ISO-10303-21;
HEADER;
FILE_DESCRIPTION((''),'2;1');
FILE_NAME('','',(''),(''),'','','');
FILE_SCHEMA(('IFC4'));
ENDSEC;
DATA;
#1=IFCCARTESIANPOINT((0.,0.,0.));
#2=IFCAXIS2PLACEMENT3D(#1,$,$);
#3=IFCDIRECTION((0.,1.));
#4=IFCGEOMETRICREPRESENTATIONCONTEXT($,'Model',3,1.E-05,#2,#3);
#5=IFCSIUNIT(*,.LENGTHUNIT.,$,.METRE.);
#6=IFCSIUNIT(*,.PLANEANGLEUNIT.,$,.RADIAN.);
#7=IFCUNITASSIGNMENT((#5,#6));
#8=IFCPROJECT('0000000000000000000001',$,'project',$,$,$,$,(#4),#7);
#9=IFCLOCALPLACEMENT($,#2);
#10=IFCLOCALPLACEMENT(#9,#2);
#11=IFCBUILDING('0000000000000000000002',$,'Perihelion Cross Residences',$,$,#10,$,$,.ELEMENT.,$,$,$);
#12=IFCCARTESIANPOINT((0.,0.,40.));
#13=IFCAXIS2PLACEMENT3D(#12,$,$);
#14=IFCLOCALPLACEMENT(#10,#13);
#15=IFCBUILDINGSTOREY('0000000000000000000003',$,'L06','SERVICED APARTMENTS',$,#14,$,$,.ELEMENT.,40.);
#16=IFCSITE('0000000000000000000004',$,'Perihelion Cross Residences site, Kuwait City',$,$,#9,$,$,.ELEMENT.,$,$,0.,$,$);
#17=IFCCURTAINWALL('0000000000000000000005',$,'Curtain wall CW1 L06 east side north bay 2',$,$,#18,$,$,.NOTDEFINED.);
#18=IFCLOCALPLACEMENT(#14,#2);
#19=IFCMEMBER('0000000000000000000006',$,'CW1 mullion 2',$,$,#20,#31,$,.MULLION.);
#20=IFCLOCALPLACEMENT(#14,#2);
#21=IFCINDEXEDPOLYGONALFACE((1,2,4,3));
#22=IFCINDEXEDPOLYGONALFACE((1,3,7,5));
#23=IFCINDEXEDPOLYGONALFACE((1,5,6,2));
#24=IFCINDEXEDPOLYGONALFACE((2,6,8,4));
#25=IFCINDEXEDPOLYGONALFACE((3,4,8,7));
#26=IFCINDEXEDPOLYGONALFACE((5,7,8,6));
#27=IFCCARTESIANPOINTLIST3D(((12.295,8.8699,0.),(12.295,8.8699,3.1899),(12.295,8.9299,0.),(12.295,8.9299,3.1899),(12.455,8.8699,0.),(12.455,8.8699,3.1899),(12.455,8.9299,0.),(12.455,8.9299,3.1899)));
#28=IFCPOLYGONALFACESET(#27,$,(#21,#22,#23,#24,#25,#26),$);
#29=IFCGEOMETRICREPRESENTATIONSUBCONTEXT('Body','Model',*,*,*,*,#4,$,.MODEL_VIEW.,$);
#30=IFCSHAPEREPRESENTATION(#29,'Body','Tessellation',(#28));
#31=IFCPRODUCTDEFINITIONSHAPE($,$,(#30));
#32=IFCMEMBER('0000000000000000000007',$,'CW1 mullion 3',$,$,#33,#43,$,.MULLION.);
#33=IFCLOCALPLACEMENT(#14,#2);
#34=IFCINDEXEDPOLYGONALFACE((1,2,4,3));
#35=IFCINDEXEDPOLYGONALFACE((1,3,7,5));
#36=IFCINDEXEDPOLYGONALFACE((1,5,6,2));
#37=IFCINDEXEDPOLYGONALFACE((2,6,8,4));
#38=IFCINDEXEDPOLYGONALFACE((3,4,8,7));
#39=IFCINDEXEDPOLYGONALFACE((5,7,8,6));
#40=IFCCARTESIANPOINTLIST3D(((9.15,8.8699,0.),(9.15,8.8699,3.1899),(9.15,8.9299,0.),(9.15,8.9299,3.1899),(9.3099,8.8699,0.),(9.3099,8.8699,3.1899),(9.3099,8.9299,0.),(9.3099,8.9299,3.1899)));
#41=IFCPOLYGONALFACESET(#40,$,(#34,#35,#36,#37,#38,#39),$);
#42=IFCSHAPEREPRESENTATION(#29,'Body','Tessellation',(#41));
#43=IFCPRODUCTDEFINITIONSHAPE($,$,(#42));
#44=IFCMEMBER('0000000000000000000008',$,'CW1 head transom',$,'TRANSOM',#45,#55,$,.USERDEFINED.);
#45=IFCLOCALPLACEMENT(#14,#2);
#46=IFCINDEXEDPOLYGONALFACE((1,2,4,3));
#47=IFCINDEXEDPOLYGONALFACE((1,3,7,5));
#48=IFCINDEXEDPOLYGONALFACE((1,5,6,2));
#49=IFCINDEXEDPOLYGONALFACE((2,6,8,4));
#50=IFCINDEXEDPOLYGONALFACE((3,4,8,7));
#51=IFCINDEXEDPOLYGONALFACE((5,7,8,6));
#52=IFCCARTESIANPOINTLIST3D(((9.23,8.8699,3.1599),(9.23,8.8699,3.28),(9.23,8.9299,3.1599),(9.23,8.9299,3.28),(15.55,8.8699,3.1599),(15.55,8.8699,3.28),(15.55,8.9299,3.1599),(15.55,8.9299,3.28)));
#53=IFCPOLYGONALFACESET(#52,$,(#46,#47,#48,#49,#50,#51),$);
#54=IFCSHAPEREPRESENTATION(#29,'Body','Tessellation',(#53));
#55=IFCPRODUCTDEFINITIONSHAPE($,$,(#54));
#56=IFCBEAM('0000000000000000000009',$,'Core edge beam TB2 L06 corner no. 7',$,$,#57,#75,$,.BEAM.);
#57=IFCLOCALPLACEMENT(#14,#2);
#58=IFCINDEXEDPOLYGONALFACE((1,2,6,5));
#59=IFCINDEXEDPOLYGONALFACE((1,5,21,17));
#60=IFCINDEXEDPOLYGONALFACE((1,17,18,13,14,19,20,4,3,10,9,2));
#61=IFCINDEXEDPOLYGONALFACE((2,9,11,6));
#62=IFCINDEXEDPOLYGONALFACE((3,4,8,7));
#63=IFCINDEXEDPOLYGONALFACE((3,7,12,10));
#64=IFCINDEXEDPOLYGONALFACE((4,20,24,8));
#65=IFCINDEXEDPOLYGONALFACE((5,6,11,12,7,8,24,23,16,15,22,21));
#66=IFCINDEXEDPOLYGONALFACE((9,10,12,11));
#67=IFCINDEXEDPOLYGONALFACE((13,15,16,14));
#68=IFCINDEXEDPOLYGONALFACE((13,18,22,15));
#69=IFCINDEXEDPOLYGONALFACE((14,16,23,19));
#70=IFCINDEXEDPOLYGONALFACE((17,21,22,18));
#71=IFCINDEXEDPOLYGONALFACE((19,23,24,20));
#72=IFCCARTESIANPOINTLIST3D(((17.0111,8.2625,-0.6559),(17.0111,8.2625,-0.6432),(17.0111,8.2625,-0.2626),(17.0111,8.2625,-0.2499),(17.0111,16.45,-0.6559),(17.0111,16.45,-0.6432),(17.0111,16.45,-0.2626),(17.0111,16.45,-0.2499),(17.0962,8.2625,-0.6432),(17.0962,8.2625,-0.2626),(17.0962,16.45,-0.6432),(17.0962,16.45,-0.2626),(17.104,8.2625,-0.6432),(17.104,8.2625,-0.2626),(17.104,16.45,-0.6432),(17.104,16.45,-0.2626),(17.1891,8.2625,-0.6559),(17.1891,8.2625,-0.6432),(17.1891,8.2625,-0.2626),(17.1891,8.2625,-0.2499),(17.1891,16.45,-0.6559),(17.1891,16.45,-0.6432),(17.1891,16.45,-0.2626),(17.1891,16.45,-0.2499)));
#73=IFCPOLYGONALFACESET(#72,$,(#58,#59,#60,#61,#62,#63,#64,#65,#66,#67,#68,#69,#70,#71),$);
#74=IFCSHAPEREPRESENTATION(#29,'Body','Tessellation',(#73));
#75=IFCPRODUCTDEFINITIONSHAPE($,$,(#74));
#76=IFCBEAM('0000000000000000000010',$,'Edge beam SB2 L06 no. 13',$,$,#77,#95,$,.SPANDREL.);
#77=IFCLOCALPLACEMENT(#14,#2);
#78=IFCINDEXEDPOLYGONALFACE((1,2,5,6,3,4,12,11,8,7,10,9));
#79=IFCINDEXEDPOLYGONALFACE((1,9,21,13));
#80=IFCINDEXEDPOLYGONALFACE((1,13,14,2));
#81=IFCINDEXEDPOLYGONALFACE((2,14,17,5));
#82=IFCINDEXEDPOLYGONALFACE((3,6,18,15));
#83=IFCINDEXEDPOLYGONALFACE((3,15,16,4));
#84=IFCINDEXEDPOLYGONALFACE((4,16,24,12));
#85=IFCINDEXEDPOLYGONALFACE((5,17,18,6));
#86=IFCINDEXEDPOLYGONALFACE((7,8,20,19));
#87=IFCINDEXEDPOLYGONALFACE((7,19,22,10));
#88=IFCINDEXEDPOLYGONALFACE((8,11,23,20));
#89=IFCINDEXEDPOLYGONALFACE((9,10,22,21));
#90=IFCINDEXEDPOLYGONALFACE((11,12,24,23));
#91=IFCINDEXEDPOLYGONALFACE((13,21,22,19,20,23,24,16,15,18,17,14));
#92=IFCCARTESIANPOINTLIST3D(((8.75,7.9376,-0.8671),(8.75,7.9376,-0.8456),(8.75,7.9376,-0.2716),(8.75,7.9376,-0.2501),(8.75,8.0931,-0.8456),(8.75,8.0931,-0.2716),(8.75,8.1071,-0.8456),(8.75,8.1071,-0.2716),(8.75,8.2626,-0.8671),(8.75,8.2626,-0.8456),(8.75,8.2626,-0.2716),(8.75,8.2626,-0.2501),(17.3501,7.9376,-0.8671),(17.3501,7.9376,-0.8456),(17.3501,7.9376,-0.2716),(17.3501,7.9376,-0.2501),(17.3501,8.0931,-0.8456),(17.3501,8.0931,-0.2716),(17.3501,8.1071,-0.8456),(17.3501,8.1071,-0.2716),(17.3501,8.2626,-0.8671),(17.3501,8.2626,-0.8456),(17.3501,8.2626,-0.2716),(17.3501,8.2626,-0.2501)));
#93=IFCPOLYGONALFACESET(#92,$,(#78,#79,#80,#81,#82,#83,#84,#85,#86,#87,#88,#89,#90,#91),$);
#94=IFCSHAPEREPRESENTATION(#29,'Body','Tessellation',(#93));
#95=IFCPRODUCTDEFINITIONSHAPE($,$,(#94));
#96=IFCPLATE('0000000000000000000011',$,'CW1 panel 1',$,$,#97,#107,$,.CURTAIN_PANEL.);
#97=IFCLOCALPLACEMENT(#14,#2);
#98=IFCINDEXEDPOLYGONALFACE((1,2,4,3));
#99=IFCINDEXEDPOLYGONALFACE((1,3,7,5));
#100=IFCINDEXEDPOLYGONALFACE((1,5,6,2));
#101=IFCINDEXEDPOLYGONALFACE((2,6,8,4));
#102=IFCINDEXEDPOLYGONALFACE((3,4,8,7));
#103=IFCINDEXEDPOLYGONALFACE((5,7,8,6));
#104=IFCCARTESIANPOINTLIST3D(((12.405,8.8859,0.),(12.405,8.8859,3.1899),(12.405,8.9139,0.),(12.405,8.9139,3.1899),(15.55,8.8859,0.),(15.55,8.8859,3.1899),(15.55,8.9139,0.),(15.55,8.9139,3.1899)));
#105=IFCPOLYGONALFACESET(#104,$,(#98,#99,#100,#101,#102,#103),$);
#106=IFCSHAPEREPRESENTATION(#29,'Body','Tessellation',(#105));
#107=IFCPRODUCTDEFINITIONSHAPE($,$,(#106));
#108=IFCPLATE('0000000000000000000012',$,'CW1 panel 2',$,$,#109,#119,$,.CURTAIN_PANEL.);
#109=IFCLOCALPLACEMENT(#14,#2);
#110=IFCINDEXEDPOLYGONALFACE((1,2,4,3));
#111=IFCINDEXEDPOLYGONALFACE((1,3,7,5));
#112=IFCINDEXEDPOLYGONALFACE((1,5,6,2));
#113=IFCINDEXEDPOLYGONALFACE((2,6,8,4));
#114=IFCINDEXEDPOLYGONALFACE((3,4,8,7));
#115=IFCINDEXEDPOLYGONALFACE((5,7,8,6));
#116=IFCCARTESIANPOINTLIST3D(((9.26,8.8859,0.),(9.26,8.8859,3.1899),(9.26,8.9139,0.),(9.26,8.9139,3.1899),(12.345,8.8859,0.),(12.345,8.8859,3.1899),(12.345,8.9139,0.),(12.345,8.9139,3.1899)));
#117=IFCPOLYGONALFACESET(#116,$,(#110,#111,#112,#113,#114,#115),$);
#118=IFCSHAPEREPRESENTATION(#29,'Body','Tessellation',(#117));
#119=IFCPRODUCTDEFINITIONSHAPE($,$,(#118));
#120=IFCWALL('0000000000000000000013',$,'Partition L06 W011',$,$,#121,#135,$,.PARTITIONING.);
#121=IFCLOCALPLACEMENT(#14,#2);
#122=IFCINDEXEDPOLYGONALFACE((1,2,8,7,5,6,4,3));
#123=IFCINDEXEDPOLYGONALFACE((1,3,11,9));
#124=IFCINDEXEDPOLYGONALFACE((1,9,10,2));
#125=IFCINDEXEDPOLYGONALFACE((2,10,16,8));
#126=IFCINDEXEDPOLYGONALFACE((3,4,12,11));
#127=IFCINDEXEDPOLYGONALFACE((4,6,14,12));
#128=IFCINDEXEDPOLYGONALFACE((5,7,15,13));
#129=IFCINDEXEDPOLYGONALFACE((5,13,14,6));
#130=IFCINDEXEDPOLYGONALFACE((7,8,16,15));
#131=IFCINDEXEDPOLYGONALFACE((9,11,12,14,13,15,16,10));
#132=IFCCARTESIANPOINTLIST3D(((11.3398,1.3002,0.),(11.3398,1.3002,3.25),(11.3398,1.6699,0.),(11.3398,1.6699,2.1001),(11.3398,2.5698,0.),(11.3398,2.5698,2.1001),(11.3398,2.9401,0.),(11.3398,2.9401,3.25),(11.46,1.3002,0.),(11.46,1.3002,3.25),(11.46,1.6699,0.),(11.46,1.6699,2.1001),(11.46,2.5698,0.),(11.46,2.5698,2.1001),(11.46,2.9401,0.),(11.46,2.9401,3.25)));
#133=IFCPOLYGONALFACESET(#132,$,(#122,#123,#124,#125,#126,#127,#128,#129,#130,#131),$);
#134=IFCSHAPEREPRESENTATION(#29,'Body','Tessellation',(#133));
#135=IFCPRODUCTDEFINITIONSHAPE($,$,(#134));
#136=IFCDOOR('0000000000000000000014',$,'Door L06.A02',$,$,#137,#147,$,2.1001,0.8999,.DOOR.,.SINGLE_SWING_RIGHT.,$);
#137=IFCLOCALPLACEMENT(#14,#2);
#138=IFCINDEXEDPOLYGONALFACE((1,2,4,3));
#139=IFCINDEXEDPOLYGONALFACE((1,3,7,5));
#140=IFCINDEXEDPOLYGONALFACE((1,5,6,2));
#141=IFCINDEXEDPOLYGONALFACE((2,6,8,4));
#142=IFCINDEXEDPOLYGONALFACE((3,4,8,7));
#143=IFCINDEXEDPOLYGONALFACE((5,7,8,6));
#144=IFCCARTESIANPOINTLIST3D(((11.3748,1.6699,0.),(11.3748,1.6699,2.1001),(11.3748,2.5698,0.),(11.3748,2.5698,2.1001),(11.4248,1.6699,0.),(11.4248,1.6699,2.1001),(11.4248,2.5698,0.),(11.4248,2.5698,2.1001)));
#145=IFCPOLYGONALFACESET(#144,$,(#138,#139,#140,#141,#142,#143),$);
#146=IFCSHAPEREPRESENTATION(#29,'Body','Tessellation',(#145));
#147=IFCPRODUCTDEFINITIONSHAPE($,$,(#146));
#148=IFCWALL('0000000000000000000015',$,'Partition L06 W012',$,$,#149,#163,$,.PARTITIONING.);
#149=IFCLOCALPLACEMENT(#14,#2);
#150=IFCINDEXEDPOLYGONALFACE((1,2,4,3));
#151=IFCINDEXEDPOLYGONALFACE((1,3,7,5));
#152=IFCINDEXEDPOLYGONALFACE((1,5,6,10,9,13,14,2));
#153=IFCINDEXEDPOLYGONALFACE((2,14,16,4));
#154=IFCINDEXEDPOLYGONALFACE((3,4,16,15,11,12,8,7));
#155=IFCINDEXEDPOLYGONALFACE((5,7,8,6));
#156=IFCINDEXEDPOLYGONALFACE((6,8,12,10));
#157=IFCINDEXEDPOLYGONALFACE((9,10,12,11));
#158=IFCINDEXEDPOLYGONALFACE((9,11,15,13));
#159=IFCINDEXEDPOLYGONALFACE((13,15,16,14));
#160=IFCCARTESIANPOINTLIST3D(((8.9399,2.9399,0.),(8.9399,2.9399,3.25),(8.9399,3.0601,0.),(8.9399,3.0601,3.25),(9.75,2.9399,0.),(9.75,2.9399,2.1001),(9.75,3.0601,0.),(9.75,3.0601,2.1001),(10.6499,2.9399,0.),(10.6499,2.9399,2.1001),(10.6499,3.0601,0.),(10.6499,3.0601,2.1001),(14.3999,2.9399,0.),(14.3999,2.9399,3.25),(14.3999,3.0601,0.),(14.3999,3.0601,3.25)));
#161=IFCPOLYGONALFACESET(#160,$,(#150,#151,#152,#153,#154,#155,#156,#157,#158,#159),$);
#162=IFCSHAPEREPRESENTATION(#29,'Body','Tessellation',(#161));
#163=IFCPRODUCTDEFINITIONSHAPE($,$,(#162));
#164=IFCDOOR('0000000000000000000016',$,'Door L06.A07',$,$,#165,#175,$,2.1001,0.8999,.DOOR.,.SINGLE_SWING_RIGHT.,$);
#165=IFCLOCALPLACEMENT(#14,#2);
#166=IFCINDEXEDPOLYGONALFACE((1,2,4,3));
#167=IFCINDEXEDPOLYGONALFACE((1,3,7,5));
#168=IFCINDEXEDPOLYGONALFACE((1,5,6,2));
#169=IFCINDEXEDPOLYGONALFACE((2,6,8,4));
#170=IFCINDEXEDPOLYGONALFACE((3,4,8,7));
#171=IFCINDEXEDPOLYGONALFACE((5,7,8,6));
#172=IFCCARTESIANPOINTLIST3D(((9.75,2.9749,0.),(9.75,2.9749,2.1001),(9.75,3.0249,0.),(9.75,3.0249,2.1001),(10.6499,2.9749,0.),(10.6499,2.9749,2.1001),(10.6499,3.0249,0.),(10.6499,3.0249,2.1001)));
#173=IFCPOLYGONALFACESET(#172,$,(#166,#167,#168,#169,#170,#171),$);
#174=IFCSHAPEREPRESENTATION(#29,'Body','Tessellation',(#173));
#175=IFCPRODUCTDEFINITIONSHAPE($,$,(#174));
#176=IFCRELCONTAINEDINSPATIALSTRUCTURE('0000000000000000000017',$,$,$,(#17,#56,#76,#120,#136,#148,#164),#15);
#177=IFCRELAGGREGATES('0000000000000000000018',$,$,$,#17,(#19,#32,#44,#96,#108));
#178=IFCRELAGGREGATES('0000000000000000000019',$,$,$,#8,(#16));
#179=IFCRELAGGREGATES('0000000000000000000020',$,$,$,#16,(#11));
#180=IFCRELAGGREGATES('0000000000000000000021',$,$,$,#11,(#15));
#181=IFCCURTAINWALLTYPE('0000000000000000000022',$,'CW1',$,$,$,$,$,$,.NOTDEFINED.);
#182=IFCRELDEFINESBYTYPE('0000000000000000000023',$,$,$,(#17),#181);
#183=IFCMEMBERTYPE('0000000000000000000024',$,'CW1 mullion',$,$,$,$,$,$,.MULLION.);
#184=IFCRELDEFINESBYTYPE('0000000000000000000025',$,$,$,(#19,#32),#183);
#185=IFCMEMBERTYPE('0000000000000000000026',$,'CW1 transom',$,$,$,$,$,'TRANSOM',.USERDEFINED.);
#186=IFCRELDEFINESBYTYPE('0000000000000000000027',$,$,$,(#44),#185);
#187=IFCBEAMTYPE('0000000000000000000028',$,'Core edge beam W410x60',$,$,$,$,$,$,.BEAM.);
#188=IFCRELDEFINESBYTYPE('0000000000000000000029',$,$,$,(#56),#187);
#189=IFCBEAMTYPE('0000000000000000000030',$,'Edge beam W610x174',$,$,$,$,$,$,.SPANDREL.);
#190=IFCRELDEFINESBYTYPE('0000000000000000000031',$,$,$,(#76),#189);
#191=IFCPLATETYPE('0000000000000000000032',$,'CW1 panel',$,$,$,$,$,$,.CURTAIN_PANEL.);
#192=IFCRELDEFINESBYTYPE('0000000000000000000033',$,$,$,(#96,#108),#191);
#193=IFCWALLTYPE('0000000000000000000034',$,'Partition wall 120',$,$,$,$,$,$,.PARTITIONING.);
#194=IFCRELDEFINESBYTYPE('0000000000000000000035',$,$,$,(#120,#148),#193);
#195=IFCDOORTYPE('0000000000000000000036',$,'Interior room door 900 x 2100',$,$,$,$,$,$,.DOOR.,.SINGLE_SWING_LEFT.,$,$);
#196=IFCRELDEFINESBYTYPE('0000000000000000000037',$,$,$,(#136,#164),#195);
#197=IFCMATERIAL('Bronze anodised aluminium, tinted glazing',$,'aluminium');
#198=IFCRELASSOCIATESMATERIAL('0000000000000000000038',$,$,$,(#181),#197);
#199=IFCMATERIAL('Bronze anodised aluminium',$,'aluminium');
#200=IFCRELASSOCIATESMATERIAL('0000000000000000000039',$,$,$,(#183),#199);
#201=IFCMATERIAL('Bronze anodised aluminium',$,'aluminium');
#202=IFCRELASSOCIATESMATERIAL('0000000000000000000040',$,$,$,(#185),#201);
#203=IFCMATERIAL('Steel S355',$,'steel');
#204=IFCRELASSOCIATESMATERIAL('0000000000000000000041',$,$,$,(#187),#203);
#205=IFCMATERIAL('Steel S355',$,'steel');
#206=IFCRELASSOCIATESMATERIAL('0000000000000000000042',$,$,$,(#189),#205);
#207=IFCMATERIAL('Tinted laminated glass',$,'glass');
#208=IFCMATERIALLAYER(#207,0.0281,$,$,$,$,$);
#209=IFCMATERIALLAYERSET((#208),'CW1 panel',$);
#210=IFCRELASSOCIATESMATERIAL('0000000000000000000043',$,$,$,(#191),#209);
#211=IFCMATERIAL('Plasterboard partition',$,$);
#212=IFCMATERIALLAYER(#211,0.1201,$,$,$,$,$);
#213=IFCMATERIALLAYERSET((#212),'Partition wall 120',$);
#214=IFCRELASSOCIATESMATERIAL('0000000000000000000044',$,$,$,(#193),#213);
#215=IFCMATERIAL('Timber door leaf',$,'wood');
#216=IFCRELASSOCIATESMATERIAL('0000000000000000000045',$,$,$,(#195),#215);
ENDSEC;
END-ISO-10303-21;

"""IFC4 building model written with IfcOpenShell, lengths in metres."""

from ifc_helpers import new_model, si_unit, direction, frame, frame_2d, origin, origin_2d, place, context, subcontext, project, spatial, rectangle, i_section, extrude, material, layer, layer_set, material_profile, profile_set, type_object, element, fill, aggregate, save


model = new_model("IFC4")

# Units and contexts
model_context = context("Model", 3, precision=1e-05, world=origin(), true_north=direction((0.0, 1.0)))
body_context = subcontext(model_context, "Body", "Model", "MODEL_VIEW")
ifc_project = project(units=[si_unit("LENGTHUNIT", "METRE"), si_unit("PLANEANGLEUNIT", "RADIAN")], contexts=[model_context])

# Site, building, storey
site_placement = place(None, origin())
site = spatial("IfcSite", under=ifc_project, at=site_placement, Name="Perihelion Cross Residences site, Kuwait City", CompositionType="ELEMENT", RefElevation=0.0)
building_placement = place(site_placement, origin())
building = spatial("IfcBuilding", under=site, at=building_placement, Name="Perihelion Cross Residences", CompositionType="ELEMENT")
storey_placement = place(building_placement, frame((0.0, 0.0, 40.0)))
storey = spatial("IfcBuildingStorey", under=building, at=storey_placement, Name="L06", Description="SERVICED APARTMENTS", CompositionType="ELEMENT", Elevation=40.0)

# Curtain wall, members
ifc_material_1 = material(Name="Bronze anodised aluminium, tinted glazing", Category="aluminium")
curtain_wall_type = type_object("IfcCurtainWallType", Name="CW1", PredefinedType="NOTDEFINED", material=ifc_material_1)
curtain_wall_placement = place(storey_placement, origin())
curtain_wall = element("IfcCurtainWall", 1, at=curtain_wall_placement, inside=storey, type_object=curtain_wall_type, Name="Curtain wall CW1 L06 east side north bay 2", PredefinedType="NOTDEFINED")
ifc_material_2 = material(Name="Bronze anodised aluminium", Category="aluminium")
ifc_material_profile_1 = material_profile(ifc_material_2, rectangle(XDim=0.0601, YDim=0.1599, at=origin_2d()), Name="CW1 mullion")
ifc_profile_set_1 = profile_set([ifc_material_profile_1], Name="Bronze anodised aluminium")
member_type_1 = type_object("IfcMemberType", Name="CW1 mullion", PredefinedType="MULLION", material=ifc_profile_set_1)
member_1_placement = place(storey_placement, frame((12.375, 8.8999, 0.0), z_axis=(0.0, 0.0, 1.0), x_axis=(0.0, -1.0, 0.0)))
member_1 = element("IfcMember", 2, at=member_1_placement, type_object=member_type_1, Name="CW1 mullion 2", PredefinedType="MULLION", context=body_context, shape_type="SweptSolid", body=[
    extrude(rectangle(XDim=0.0601, YDim=0.1599, at=origin_2d()), origin(), (0.0, 0.0, 1.0), 3.1899),
])
member_2_placement = place(storey_placement, frame((9.23, 8.8999, 0.0), z_axis=(0.0, 0.0, 1.0), x_axis=(0.0, -1.0, 0.0)))
member_2 = element("IfcMember", 3, at=member_2_placement, type_object=member_type_1, Name="CW1 mullion 3", PredefinedType="MULLION", context=body_context, shape_type="SweptSolid", body=[
    extrude(rectangle(XDim=0.0601, YDim=0.1599, at=origin_2d()), origin(), (0.0, 0.0, 1.0), 3.1899),
])
ifc_material_3 = material(Name="Bronze anodised aluminium", Category="aluminium")
ifc_material_profile_2 = material_profile(ifc_material_3, rectangle(XDim=0.0601, YDim=0.1201, at=origin_2d()), Name="CW1 transom")
ifc_profile_set_2 = profile_set([ifc_material_profile_2], Name="Bronze anodised aluminium")
member_type_2 = type_object("IfcMemberType", Name="CW1 transom", ElementType="TRANSOM", PredefinedType="USERDEFINED", material=ifc_profile_set_2)
member_3_placement = place(storey_placement, frame((15.55, 8.8999, 3.22), z_axis=(-1.0, 0.0, 0.0), x_axis=(0.0, -1.0, 0.0)))
member_3 = element("IfcMember", 4, at=member_3_placement, type_object=member_type_2, Name="CW1 head transom", ObjectType="TRANSOM", PredefinedType="USERDEFINED", context=body_context, shape_type="SweptSolid", body=[
    extrude(rectangle(XDim=0.0601, YDim=0.1201, at=origin_2d()), origin(), (0.0, 0.0, 1.0), 6.3201),
])

# Beams
ifc_material_4 = material(Name="Steel S355", Category="steel")
ifc_material_profile_3 = material_profile(ifc_material_4, i_section(OverallWidth=0.178, OverallDepth=0.406, WebThickness=0.0078, FlangeThickness=0.0127, at=origin_2d()), Name="W410x60")
ifc_profile_set_3 = profile_set([ifc_material_profile_3], Name="Steel S355")
beam_type_1 = type_object("IfcBeamType", Name="Core edge beam W410x60", PredefinedType="BEAM", material=ifc_profile_set_3)
beam_1_placement = place(storey_placement, frame((17.1001, 8.2625, -0.4529), z_axis=(0.0, 1.0, 0.0), x_axis=(-1.0, 0.0, 0.0)))
element("IfcBeam", 5, at=beam_1_placement, inside=storey, type_object=beam_type_1, Name="Core edge beam TB2 L06 corner no. 7", PredefinedType="BEAM", context=body_context, shape_type="SweptSolid", body=[
    extrude(i_section(OverallWidth=0.178, OverallDepth=0.406, WebThickness=0.0078, FlangeThickness=0.0127, at=origin_2d()), origin(), (0.0, 0.0, 1.0), 8.1875),
])
ifc_material_5 = material(Name="Steel S355", Category="steel")
ifc_material_profile_4 = material_profile(ifc_material_5, i_section(OverallWidth=0.325, OverallDepth=0.6169, WebThickness=0.0139, FlangeThickness=0.0215, at=origin_2d()), Name="W610x174")
ifc_profile_set_4 = profile_set([ifc_material_profile_4], Name="Steel S355")
beam_type_2 = type_object("IfcBeamType", Name="Edge beam W610x174", PredefinedType="SPANDREL", material=ifc_profile_set_4)
beam_2_placement = place(storey_placement, frame((17.3501, 8.1001, -0.5586), z_axis=(-1.0, 0.0, 0.0), x_axis=(0.0, -1.0, 0.0)))
element("IfcBeam", 6, at=beam_2_placement, inside=storey, type_object=beam_type_2, Name="Edge beam SB2 L06 no. 13", PredefinedType="SPANDREL", context=body_context, shape_type="SweptSolid", body=[
    extrude(i_section(OverallWidth=0.325, OverallDepth=0.6169, WebThickness=0.0139, FlangeThickness=0.0215, at=origin_2d()), origin(), (0.0, 0.0, 1.0), 8.6001),
])

# Plates
ifc_material_6 = material(Name="Tinted laminated glass", Category="glass")
ifc_layer_1 = layer(ifc_material_6, 0.0281)
ifc_layer_set_1 = layer_set([ifc_layer_1], Name="CW1 panel")
plate_type = type_object("IfcPlateType", Name="CW1 panel", PredefinedType="CURTAIN_PANEL", material=ifc_layer_set_1)
plate_1_placement = place(storey_placement, frame((13.9775, 8.8999, 0.0), z_axis=(0.0, 0.0, 1.0), x_axis=(-1.0, 0.0, 0.0)))
plate_1 = element("IfcPlate", 7, at=plate_1_placement, type_object=plate_type, Name="CW1 panel 1", PredefinedType="CURTAIN_PANEL", context=body_context, shape_type="SweptSolid", body=[
    extrude(rectangle(XDim=3.145, YDim=0.0281, at=origin_2d()), origin(), (0.0, 0.0, 1.0), 3.1899),
])
plate_2_placement = place(storey_placement, frame((10.8025, 8.8999, 0.0), z_axis=(0.0, 0.0, 1.0), x_axis=(-1.0, 0.0, 0.0)))
plate_2 = element("IfcPlate", 8, at=plate_2_placement, type_object=plate_type, Name="CW1 panel 2", PredefinedType="CURTAIN_PANEL", context=body_context, shape_type="SweptSolid", body=[
    extrude(rectangle(XDim=3.085, YDim=0.0281, at=origin_2d()), origin(), (0.0, 0.0, 1.0), 3.1899),
])
aggregate(curtain_wall, [member_1, member_2, member_3, plate_1, plate_2])

# Walls, openings, doors
ifc_material_7 = material(Name="Plasterboard partition")
ifc_layer_2 = layer(ifc_material_7, 0.1201)
ifc_layer_set_2 = layer_set([ifc_layer_2], Name="Partition wall 120")
wall_type_1 = type_object("IfcWallType", Name="Partition wall 120", PredefinedType="PARTITIONING", material=ifc_layer_set_2)
wall_1_placement = place(storey_placement, frame((11.3999, 2.9399, 0.0), z_axis=(0.0, 0.0, 1.0), x_axis=(0.0, -1.0, 0.0)))
wall_1 = element("IfcWall", 9, at=wall_1_placement, inside=storey, type_object=wall_type_1, Name="Partition L06 W011", PredefinedType="PARTITIONING", context=body_context, shape_type="SweptSolid", body=[
    extrude(rectangle(XDim=1.6399, YDim=0.1201, at=frame_2d((0.8198, 0.0))), origin(), (0.0, 0.0, 1.0), 3.25),
])
opening_1_placement = place(wall_1_placement, frame((0.3701, 0.0, 0.0)))
opening_1 = element("IfcOpeningElement", 10, at=opening_1_placement, cuts=wall_1, PredefinedType="OPENING", context=body_context, shape_type="SweptSolid", body=[
    extrude(rectangle(XDim=0.8999, YDim=2.1001, at=frame_2d((0.45, 1.05))), frame((0.0, 0.0701, 0.0), z_axis=(0.0, -1.0, 0.0), x_axis=(1.0, 0.0, 0.0)), (0.0, 0.0, 1.0), 0.1401),
])
ifc_material_8 = material(Name="Timber door leaf", Category="wood")
door_type_1 = type_object("IfcDoorType", Name="Interior room door 900 x 2100", OperationType="SINGLE_SWING_LEFT", PredefinedType="DOOR", material=ifc_material_8)
door_1_placement = place(opening_1_placement, origin())
door_1 = element("IfcDoor", 11, at=door_1_placement, inside=storey, type_object=door_type_1, Name="Door L06.A02", OperationType="SINGLE_SWING_RIGHT", OverallHeight=2.1001, OverallWidth=0.8999, PredefinedType="DOOR", context=body_context, shape_type="SweptSolid", body=[
    extrude(rectangle(XDim=0.8999, YDim=2.1001, at=frame_2d((0.45, 1.05))), frame((0.0, 0.0249, 0.0), z_axis=(0.0, -1.0, 0.0), x_axis=(1.0, 0.0, 0.0)), (0.0, 0.0, 1.0), 0.05),
])
fill(opening_1, door_1)
wall_2_placement = place(storey_placement, frame((8.9399, 3.0, 0.0), z_axis=(0.0, 0.0, 1.0), x_axis=(1.0, 0.0, 0.0)))
wall_2 = element("IfcWall", 12, at=wall_2_placement, inside=storey, type_object=wall_type_1, Name="Partition L06 W012", PredefinedType="PARTITIONING", context=body_context, shape_type="SweptSolid", body=[
    extrude(rectangle(XDim=5.46, YDim=0.1201, at=frame_2d((2.73, 0.0))), origin(), (0.0, 0.0, 1.0), 3.25),
])
opening_2_placement = place(wall_2_placement, frame((0.8101, 0.0, 0.0)))
opening_2 = element("IfcOpeningElement", 13, at=opening_2_placement, cuts=wall_2, PredefinedType="OPENING", context=body_context, shape_type="SweptSolid", body=[
    extrude(rectangle(XDim=0.8999, YDim=2.1001, at=frame_2d((0.45, 1.05))), frame((0.0, 0.0701, 0.0), z_axis=(0.0, -1.0, 0.0), x_axis=(1.0, 0.0, 0.0)), (0.0, 0.0, 1.0), 0.1401),
])
door_2_placement = place(opening_2_placement, origin())
door_2 = element("IfcDoor", 14, at=door_2_placement, inside=storey, type_object=door_type_1, Name="Door L06.A07", OperationType="SINGLE_SWING_RIGHT", OverallHeight=2.1001, OverallWidth=0.8999, PredefinedType="DOOR", context=body_context, shape_type="SweptSolid", body=[
    extrude(rectangle(XDim=0.8999, YDim=2.1001, at=frame_2d((0.45, 1.05))), frame((0.0, 0.0249, 0.0), z_axis=(0.0, -1.0, 0.0), x_axis=(1.0, 0.0, 0.0)), (0.0, 0.0, 1.0), 0.05),
])
fill(opening_2, door_2)

save(model, "model.ifc")
